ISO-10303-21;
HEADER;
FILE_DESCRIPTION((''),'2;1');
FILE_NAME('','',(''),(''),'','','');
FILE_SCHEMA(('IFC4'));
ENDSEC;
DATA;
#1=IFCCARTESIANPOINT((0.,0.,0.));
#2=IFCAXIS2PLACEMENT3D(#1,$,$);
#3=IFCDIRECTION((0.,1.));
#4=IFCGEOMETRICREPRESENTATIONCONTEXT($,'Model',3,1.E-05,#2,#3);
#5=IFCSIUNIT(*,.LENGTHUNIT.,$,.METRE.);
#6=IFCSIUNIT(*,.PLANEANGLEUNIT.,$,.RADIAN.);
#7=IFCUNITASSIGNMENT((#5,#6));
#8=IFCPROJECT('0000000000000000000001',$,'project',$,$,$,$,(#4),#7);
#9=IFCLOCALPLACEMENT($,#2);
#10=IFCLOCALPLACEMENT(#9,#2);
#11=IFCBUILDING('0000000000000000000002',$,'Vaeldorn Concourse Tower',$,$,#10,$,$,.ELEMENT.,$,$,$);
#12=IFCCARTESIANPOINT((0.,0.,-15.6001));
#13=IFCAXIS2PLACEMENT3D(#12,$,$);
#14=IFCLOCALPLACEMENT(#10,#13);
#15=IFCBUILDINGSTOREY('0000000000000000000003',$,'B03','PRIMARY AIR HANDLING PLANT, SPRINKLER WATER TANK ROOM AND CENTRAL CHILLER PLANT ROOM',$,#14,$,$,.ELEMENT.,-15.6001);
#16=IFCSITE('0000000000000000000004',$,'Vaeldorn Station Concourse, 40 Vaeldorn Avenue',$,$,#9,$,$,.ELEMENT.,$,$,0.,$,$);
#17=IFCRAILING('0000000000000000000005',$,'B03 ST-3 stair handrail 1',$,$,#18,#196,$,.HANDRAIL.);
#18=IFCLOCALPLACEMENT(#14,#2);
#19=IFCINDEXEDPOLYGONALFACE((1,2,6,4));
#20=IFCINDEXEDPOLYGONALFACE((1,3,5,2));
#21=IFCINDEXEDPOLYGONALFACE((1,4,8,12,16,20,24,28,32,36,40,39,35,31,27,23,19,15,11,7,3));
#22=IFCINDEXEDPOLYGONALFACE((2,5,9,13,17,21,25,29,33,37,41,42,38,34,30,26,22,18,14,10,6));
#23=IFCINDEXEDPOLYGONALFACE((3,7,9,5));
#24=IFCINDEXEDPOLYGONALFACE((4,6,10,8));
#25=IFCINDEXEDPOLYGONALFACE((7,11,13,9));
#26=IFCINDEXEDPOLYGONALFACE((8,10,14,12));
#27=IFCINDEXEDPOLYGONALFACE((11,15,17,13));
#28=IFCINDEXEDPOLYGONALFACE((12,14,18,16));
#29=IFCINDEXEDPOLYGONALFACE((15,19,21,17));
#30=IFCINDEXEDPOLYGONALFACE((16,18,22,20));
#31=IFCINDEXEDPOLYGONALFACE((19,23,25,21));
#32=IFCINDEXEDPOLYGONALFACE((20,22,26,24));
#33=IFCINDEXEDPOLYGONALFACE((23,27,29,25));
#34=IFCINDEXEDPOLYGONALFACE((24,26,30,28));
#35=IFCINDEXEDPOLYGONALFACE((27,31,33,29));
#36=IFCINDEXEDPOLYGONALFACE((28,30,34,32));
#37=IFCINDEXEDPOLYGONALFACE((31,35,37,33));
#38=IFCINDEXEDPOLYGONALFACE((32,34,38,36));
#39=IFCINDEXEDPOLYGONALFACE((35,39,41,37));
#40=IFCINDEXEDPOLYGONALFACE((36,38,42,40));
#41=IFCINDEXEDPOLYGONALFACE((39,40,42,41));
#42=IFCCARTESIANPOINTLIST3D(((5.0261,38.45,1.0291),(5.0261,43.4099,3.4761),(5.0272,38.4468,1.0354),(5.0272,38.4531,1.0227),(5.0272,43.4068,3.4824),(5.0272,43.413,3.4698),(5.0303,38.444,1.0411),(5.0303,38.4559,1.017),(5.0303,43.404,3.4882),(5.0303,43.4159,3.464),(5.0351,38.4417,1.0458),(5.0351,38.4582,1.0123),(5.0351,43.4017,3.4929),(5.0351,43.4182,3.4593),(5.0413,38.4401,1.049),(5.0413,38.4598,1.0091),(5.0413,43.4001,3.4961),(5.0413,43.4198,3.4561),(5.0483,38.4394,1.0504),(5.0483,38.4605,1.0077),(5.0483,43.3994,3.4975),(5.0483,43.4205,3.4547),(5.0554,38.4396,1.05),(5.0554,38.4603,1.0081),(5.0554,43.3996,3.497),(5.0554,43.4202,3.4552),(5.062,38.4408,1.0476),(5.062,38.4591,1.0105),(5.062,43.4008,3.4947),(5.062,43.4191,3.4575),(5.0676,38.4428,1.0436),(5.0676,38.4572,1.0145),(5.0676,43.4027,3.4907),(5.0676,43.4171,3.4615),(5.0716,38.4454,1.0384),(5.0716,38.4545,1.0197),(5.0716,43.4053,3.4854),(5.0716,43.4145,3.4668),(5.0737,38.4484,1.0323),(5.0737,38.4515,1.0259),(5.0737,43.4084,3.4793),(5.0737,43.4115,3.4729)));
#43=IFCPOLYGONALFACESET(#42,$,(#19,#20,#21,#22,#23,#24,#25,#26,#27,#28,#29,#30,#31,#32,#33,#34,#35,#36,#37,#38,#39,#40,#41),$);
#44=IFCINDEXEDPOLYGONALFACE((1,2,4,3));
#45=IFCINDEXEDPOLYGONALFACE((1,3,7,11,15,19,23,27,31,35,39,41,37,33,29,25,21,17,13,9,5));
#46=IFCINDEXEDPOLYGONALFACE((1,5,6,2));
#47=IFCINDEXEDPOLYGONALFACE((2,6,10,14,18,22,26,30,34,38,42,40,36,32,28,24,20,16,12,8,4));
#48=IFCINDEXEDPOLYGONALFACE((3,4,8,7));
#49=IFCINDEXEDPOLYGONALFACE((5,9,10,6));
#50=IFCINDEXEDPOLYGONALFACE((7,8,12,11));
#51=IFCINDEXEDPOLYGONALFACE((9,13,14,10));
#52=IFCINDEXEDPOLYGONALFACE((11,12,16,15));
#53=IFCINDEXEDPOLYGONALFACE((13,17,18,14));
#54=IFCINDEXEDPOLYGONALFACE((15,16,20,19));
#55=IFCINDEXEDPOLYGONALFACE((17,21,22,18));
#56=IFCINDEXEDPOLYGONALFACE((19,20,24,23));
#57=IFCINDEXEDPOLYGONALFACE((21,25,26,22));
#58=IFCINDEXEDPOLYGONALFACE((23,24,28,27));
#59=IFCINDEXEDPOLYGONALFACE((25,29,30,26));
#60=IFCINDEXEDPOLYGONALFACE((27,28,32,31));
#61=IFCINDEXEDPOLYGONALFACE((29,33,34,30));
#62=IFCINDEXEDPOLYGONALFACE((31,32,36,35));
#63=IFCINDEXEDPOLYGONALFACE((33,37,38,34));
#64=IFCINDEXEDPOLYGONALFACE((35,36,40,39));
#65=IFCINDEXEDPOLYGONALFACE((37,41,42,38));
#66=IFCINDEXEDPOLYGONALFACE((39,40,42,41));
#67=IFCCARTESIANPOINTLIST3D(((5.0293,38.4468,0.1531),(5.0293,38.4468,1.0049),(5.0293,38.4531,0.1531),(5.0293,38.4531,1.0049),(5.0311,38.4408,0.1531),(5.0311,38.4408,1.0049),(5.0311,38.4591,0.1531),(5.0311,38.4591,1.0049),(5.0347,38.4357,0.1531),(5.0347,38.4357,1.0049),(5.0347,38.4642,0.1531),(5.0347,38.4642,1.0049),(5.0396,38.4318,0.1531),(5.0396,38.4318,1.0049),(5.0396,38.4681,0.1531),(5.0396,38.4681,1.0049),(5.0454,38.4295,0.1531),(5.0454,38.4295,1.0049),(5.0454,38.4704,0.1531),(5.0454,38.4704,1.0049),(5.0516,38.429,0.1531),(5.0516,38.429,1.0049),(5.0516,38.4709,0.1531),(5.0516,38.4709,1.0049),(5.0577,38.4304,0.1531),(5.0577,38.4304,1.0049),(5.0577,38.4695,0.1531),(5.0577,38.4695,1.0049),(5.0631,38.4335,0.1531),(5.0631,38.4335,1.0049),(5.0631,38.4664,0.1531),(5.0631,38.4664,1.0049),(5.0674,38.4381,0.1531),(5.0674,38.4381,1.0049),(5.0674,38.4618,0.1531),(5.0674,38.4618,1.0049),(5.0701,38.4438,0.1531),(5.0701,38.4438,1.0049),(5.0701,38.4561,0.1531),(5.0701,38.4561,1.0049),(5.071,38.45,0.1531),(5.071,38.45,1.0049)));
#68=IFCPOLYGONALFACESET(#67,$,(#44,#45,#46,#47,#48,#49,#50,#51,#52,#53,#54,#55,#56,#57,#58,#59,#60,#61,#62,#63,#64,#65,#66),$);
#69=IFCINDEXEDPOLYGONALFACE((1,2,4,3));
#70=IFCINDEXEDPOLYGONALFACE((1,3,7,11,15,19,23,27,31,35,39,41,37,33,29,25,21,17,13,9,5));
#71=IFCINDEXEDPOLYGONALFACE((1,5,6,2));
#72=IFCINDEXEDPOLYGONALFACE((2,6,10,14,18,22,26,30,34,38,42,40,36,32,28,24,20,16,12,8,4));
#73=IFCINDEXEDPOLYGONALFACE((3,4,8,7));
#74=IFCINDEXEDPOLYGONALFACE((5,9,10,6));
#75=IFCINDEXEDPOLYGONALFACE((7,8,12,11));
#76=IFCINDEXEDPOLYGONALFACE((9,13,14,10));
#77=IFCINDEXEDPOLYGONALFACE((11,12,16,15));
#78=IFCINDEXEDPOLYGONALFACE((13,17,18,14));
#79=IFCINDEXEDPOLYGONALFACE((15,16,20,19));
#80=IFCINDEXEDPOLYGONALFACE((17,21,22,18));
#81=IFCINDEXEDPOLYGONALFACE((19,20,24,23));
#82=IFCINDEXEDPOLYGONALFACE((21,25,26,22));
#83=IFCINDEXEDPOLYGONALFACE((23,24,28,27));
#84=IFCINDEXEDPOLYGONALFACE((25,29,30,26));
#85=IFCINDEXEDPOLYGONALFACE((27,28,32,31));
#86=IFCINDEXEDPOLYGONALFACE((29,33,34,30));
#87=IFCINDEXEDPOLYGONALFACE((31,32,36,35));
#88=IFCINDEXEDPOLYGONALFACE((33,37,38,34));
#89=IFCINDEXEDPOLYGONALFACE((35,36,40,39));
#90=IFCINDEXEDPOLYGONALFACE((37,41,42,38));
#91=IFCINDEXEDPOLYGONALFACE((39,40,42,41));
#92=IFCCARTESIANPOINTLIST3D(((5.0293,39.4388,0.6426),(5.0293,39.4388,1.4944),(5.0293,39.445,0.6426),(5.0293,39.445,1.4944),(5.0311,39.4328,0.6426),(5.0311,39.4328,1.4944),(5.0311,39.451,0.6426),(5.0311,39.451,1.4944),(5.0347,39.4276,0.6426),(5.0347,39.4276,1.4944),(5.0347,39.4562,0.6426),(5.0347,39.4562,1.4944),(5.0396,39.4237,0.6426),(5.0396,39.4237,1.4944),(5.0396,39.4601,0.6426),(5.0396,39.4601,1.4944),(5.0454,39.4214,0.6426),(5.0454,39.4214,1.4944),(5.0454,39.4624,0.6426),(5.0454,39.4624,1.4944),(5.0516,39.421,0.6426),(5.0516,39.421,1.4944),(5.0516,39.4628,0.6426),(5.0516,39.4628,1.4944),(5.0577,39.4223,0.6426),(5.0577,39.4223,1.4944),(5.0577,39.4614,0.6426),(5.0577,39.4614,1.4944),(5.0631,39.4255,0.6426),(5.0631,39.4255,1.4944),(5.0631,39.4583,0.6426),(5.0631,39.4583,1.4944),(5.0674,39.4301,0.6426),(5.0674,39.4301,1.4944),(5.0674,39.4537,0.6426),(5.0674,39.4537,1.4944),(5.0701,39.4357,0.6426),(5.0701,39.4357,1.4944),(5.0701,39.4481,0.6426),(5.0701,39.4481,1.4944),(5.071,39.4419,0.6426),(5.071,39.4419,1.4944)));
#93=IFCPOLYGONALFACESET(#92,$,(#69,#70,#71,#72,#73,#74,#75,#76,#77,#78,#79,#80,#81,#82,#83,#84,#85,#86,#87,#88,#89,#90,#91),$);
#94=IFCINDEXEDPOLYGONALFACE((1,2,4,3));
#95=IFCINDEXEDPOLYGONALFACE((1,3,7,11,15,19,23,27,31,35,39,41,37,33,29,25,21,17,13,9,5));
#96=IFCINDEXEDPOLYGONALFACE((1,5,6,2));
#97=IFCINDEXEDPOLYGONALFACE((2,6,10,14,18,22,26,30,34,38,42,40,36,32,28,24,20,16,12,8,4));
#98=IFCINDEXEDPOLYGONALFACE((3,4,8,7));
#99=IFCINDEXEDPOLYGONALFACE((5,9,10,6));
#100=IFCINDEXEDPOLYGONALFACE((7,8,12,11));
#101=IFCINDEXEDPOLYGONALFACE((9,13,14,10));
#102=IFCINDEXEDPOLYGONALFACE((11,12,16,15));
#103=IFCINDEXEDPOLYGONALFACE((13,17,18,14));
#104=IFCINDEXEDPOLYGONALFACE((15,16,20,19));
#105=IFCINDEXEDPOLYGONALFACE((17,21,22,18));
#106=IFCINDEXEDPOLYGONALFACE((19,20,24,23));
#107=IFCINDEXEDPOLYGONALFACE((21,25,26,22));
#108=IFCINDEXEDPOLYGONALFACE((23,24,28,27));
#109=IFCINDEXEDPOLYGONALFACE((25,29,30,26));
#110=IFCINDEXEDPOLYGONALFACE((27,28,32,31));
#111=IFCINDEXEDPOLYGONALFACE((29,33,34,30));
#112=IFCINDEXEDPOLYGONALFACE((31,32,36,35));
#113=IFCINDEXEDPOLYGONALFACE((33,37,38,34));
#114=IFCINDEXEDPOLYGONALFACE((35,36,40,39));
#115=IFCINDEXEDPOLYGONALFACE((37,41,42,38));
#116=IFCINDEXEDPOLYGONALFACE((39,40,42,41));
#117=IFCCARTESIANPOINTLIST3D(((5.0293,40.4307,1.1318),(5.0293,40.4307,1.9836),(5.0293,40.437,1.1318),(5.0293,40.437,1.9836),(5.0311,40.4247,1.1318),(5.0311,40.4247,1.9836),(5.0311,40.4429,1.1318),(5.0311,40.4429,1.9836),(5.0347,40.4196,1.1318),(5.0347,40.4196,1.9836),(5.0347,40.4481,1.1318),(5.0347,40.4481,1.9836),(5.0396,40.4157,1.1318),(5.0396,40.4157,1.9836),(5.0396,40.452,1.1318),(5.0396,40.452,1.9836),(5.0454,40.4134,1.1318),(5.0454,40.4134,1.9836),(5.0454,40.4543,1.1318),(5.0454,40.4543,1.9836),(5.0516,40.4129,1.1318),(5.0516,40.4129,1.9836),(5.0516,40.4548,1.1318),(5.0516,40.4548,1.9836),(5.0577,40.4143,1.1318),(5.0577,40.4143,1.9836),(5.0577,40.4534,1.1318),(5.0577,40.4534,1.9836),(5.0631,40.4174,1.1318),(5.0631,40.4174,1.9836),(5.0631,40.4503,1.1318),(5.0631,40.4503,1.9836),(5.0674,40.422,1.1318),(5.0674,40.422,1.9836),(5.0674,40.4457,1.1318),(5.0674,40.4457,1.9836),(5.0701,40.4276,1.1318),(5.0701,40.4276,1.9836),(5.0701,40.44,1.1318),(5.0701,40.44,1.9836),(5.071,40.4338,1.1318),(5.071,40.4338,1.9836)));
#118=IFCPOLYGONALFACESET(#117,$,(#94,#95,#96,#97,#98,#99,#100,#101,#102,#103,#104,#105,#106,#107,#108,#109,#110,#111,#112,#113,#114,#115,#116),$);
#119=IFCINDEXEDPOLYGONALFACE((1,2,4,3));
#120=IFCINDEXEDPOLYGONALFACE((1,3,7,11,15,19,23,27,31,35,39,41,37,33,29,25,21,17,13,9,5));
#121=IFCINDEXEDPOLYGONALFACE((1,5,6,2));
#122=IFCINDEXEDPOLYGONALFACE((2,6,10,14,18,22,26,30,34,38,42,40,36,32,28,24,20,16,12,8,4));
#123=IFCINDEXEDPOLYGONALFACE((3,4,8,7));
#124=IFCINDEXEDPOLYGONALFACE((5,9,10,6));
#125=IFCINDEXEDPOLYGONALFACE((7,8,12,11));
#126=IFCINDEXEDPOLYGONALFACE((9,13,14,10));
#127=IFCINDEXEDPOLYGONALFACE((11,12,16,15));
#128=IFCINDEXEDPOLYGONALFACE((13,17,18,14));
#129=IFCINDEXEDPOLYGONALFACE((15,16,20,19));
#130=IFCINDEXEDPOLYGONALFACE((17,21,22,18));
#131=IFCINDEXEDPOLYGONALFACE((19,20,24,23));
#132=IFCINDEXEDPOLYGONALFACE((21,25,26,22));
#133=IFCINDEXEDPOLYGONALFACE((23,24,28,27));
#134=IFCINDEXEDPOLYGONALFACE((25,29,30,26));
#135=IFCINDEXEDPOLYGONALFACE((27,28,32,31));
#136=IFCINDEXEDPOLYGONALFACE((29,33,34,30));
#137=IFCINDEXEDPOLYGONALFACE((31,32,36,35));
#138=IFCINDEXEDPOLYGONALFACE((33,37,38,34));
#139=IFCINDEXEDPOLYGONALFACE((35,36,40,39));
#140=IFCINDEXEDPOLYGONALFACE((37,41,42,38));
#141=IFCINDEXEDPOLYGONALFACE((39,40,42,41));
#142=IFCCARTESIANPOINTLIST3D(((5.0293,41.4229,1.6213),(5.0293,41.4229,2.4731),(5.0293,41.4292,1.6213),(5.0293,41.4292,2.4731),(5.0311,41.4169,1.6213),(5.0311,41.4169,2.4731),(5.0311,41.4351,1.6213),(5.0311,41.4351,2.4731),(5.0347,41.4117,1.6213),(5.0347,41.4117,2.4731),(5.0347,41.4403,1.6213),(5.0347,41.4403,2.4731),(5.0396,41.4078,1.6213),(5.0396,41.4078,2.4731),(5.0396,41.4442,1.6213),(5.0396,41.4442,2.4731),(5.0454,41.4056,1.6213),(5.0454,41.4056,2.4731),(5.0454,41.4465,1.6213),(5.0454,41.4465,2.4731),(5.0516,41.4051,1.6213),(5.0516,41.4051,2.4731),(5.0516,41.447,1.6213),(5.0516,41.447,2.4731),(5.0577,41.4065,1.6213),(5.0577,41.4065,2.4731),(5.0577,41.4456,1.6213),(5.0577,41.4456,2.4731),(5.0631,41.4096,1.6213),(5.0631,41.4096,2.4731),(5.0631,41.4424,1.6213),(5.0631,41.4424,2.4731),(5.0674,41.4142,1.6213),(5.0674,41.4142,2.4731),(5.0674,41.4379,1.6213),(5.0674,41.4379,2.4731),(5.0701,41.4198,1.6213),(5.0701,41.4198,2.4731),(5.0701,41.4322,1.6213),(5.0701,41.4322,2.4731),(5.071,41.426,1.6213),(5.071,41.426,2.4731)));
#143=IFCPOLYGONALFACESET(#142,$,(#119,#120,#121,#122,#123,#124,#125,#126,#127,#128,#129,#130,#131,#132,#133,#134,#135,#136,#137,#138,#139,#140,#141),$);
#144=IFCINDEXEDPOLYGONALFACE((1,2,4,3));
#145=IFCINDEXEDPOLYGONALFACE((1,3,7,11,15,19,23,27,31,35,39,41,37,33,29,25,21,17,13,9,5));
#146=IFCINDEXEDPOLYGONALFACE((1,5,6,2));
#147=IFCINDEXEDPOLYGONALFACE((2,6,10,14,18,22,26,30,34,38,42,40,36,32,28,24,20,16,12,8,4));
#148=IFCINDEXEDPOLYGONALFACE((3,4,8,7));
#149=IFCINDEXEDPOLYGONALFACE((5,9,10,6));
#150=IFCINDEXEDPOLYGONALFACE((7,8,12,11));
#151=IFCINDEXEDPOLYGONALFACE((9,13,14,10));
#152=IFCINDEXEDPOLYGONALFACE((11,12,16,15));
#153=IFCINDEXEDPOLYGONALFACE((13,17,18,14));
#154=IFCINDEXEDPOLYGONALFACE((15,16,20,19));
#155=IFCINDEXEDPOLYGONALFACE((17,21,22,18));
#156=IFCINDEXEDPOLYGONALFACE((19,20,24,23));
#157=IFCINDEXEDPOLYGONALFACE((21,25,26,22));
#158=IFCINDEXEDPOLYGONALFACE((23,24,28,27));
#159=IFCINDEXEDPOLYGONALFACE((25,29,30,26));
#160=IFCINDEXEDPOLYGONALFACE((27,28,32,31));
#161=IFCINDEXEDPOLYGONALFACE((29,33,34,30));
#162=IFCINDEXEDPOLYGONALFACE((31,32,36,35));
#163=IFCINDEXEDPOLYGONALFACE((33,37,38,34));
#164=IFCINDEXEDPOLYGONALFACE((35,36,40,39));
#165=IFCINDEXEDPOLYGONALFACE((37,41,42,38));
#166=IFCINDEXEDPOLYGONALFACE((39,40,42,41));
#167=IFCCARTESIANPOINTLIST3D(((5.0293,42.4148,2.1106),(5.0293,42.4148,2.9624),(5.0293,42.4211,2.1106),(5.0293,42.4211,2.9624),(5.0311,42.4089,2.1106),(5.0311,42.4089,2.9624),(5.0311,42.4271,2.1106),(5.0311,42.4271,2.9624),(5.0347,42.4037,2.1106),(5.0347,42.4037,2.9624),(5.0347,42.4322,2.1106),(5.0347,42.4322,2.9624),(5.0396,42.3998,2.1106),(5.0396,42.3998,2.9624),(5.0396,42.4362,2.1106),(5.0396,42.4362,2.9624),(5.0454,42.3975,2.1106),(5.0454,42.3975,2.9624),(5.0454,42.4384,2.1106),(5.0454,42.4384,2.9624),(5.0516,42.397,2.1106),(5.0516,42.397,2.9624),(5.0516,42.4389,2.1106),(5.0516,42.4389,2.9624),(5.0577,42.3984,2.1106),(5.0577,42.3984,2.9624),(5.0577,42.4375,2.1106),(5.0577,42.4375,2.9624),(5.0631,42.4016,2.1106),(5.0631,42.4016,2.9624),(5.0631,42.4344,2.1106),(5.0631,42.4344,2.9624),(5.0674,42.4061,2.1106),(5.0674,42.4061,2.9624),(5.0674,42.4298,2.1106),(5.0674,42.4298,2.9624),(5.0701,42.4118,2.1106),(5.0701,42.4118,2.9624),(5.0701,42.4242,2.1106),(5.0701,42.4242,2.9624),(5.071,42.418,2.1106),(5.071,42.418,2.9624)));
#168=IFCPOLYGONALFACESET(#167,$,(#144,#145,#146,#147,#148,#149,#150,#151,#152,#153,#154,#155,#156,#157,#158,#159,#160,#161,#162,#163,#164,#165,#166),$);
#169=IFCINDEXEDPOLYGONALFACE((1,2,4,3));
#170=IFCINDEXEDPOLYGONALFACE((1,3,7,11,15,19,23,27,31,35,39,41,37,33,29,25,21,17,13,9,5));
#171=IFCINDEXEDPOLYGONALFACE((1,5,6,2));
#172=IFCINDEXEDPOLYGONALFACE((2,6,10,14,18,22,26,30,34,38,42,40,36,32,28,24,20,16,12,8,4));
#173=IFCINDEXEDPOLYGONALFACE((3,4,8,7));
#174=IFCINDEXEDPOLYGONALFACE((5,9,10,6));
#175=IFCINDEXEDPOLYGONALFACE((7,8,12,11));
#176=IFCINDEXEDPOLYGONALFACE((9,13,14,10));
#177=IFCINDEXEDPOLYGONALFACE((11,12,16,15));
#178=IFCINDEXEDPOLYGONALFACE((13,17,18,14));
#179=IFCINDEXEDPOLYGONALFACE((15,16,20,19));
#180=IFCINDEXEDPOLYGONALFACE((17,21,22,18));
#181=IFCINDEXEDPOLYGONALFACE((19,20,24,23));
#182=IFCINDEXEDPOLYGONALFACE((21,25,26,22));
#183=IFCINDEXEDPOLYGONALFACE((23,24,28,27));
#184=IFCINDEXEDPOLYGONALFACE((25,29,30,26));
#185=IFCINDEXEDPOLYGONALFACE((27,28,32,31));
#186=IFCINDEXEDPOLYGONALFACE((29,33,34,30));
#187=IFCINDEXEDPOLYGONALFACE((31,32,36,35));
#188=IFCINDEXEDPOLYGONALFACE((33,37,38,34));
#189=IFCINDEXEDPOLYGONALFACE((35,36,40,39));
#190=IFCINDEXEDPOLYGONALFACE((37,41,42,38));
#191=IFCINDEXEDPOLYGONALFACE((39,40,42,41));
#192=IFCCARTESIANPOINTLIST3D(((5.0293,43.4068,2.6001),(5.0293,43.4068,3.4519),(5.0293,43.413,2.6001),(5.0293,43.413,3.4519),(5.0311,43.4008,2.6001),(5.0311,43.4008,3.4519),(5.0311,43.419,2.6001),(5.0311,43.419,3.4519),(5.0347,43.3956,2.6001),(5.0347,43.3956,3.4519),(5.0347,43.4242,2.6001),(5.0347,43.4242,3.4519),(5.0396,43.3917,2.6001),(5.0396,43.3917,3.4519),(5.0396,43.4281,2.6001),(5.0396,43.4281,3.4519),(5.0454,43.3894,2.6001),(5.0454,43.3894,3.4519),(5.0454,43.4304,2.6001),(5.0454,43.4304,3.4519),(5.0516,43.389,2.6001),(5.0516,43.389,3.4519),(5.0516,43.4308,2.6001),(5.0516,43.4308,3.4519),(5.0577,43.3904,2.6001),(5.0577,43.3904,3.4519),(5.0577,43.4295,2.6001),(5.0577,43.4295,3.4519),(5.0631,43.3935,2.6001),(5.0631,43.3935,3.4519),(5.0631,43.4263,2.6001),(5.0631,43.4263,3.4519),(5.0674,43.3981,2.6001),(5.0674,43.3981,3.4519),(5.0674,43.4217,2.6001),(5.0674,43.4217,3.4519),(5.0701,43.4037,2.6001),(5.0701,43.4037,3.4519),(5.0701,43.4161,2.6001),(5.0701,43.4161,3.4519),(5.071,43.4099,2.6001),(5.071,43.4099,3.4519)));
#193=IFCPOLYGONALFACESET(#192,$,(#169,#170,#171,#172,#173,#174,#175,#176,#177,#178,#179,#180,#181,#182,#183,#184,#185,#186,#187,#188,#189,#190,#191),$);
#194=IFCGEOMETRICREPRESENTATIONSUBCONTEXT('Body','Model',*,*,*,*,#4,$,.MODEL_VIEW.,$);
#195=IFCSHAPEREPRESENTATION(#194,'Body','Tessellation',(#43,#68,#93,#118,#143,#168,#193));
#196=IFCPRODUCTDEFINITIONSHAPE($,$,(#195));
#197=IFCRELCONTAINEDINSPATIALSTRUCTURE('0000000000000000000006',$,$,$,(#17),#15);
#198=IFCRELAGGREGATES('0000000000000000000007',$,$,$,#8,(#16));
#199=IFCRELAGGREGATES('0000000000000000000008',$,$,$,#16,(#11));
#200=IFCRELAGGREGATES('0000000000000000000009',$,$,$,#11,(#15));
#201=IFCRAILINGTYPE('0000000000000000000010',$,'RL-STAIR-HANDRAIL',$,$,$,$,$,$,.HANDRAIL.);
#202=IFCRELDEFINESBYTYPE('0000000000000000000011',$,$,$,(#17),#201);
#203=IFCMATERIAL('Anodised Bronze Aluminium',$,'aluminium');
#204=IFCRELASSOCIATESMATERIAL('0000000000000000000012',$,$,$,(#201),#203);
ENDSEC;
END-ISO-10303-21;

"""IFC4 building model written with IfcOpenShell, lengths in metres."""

from ifc_helpers import new_model, si_unit, direction, frame, origin, origin_2d, place, context, subcontext, project, spatial, circle, extrude, material, type_object, element, save


model = new_model("IFC4")

# Units and contexts
model_context = context("Model", 3, precision=1e-05, world=origin(), true_north=direction((0.0, 1.0)))
body_context = subcontext(model_context, "Body", "Model", "MODEL_VIEW")
ifc_project = project(units=[si_unit("LENGTHUNIT", "METRE"), si_unit("PLANEANGLEUNIT", "RADIAN")], contexts=[model_context])

# Site, building, storey
site_placement = place(None, origin())
site = spatial("IfcSite", under=ifc_project, at=site_placement, Name="Vaeldorn Station Concourse, 40 Vaeldorn Avenue", CompositionType="ELEMENT", RefElevation=0.0)
building_placement = place(site_placement, origin())
building = spatial("IfcBuilding", under=site, at=building_placement, Name="Vaeldorn Concourse Tower", CompositionType="ELEMENT")
storey_placement = place(building_placement, frame((0.0, 0.0, -15.6001)))
storey = spatial("IfcBuildingStorey", under=building, at=storey_placement, Name="B03", Description="PRIMARY AIR HANDLING PLANT, SPRINKLER WATER TANK ROOM AND CENTRAL CHILLER PLANT ROOM", CompositionType="ELEMENT", Elevation=-15.6001)

# Railing
ifc_material_1 = material(Name="Anodised Bronze Aluminium", Category="aluminium")
railing_type_1 = type_object("IfcRailingType", Name="RL-STAIR-HANDRAIL", PredefinedType="HANDRAIL", material=ifc_material_1)
railing_1_placement = place(storey_placement, frame((5.05, 38.45, 0.1531)))
element("IfcRailing", 1, at=railing_1_placement, inside=storey, type_object=railing_type_1, Name="B03 ST-3 stair handrail 1", PredefinedType="HANDRAIL", context=body_context, shape_type="SweptSolid", body=[
    extrude(circle(Radius=0.0239, at=origin_2d()), frame((0.0, 0.0, 0.876), z_axis=(0.0, 0.896798, 0.44244), x_axis=(-1.0, 0.0, 0.0)), (0.0, 0.0, 1.0), 5.5308),
    extrude(circle(Radius=0.021, at=origin_2d()), origin(), (0.0, 0.0, 1.0), 0.8518),
    extrude(circle(Radius=0.021, at=origin_2d()), frame((0.0, 0.9919, 0.4895)), (0.0, 0.0, 1.0), 0.8518),
    extrude(circle(Radius=0.021, at=origin_2d()), frame((0.0, 1.9839, 0.9788)), (0.0, 0.0, 1.0), 0.8518),
    extrude(circle(Radius=0.021, at=origin_2d()), frame((0.0, 2.9761, 1.4683)), (0.0, 0.0, 1.0), 0.8518),
    extrude(circle(Radius=0.021, at=origin_2d()), frame((0.0, 3.968, 1.9575)), (0.0, 0.0, 1.0), 0.8518),
    extrude(circle(Radius=0.021, at=origin_2d()), frame((0.0, 4.96, 2.447)), (0.0, 0.0, 1.0), 0.8518),
])

save(model, "model.ifc")
